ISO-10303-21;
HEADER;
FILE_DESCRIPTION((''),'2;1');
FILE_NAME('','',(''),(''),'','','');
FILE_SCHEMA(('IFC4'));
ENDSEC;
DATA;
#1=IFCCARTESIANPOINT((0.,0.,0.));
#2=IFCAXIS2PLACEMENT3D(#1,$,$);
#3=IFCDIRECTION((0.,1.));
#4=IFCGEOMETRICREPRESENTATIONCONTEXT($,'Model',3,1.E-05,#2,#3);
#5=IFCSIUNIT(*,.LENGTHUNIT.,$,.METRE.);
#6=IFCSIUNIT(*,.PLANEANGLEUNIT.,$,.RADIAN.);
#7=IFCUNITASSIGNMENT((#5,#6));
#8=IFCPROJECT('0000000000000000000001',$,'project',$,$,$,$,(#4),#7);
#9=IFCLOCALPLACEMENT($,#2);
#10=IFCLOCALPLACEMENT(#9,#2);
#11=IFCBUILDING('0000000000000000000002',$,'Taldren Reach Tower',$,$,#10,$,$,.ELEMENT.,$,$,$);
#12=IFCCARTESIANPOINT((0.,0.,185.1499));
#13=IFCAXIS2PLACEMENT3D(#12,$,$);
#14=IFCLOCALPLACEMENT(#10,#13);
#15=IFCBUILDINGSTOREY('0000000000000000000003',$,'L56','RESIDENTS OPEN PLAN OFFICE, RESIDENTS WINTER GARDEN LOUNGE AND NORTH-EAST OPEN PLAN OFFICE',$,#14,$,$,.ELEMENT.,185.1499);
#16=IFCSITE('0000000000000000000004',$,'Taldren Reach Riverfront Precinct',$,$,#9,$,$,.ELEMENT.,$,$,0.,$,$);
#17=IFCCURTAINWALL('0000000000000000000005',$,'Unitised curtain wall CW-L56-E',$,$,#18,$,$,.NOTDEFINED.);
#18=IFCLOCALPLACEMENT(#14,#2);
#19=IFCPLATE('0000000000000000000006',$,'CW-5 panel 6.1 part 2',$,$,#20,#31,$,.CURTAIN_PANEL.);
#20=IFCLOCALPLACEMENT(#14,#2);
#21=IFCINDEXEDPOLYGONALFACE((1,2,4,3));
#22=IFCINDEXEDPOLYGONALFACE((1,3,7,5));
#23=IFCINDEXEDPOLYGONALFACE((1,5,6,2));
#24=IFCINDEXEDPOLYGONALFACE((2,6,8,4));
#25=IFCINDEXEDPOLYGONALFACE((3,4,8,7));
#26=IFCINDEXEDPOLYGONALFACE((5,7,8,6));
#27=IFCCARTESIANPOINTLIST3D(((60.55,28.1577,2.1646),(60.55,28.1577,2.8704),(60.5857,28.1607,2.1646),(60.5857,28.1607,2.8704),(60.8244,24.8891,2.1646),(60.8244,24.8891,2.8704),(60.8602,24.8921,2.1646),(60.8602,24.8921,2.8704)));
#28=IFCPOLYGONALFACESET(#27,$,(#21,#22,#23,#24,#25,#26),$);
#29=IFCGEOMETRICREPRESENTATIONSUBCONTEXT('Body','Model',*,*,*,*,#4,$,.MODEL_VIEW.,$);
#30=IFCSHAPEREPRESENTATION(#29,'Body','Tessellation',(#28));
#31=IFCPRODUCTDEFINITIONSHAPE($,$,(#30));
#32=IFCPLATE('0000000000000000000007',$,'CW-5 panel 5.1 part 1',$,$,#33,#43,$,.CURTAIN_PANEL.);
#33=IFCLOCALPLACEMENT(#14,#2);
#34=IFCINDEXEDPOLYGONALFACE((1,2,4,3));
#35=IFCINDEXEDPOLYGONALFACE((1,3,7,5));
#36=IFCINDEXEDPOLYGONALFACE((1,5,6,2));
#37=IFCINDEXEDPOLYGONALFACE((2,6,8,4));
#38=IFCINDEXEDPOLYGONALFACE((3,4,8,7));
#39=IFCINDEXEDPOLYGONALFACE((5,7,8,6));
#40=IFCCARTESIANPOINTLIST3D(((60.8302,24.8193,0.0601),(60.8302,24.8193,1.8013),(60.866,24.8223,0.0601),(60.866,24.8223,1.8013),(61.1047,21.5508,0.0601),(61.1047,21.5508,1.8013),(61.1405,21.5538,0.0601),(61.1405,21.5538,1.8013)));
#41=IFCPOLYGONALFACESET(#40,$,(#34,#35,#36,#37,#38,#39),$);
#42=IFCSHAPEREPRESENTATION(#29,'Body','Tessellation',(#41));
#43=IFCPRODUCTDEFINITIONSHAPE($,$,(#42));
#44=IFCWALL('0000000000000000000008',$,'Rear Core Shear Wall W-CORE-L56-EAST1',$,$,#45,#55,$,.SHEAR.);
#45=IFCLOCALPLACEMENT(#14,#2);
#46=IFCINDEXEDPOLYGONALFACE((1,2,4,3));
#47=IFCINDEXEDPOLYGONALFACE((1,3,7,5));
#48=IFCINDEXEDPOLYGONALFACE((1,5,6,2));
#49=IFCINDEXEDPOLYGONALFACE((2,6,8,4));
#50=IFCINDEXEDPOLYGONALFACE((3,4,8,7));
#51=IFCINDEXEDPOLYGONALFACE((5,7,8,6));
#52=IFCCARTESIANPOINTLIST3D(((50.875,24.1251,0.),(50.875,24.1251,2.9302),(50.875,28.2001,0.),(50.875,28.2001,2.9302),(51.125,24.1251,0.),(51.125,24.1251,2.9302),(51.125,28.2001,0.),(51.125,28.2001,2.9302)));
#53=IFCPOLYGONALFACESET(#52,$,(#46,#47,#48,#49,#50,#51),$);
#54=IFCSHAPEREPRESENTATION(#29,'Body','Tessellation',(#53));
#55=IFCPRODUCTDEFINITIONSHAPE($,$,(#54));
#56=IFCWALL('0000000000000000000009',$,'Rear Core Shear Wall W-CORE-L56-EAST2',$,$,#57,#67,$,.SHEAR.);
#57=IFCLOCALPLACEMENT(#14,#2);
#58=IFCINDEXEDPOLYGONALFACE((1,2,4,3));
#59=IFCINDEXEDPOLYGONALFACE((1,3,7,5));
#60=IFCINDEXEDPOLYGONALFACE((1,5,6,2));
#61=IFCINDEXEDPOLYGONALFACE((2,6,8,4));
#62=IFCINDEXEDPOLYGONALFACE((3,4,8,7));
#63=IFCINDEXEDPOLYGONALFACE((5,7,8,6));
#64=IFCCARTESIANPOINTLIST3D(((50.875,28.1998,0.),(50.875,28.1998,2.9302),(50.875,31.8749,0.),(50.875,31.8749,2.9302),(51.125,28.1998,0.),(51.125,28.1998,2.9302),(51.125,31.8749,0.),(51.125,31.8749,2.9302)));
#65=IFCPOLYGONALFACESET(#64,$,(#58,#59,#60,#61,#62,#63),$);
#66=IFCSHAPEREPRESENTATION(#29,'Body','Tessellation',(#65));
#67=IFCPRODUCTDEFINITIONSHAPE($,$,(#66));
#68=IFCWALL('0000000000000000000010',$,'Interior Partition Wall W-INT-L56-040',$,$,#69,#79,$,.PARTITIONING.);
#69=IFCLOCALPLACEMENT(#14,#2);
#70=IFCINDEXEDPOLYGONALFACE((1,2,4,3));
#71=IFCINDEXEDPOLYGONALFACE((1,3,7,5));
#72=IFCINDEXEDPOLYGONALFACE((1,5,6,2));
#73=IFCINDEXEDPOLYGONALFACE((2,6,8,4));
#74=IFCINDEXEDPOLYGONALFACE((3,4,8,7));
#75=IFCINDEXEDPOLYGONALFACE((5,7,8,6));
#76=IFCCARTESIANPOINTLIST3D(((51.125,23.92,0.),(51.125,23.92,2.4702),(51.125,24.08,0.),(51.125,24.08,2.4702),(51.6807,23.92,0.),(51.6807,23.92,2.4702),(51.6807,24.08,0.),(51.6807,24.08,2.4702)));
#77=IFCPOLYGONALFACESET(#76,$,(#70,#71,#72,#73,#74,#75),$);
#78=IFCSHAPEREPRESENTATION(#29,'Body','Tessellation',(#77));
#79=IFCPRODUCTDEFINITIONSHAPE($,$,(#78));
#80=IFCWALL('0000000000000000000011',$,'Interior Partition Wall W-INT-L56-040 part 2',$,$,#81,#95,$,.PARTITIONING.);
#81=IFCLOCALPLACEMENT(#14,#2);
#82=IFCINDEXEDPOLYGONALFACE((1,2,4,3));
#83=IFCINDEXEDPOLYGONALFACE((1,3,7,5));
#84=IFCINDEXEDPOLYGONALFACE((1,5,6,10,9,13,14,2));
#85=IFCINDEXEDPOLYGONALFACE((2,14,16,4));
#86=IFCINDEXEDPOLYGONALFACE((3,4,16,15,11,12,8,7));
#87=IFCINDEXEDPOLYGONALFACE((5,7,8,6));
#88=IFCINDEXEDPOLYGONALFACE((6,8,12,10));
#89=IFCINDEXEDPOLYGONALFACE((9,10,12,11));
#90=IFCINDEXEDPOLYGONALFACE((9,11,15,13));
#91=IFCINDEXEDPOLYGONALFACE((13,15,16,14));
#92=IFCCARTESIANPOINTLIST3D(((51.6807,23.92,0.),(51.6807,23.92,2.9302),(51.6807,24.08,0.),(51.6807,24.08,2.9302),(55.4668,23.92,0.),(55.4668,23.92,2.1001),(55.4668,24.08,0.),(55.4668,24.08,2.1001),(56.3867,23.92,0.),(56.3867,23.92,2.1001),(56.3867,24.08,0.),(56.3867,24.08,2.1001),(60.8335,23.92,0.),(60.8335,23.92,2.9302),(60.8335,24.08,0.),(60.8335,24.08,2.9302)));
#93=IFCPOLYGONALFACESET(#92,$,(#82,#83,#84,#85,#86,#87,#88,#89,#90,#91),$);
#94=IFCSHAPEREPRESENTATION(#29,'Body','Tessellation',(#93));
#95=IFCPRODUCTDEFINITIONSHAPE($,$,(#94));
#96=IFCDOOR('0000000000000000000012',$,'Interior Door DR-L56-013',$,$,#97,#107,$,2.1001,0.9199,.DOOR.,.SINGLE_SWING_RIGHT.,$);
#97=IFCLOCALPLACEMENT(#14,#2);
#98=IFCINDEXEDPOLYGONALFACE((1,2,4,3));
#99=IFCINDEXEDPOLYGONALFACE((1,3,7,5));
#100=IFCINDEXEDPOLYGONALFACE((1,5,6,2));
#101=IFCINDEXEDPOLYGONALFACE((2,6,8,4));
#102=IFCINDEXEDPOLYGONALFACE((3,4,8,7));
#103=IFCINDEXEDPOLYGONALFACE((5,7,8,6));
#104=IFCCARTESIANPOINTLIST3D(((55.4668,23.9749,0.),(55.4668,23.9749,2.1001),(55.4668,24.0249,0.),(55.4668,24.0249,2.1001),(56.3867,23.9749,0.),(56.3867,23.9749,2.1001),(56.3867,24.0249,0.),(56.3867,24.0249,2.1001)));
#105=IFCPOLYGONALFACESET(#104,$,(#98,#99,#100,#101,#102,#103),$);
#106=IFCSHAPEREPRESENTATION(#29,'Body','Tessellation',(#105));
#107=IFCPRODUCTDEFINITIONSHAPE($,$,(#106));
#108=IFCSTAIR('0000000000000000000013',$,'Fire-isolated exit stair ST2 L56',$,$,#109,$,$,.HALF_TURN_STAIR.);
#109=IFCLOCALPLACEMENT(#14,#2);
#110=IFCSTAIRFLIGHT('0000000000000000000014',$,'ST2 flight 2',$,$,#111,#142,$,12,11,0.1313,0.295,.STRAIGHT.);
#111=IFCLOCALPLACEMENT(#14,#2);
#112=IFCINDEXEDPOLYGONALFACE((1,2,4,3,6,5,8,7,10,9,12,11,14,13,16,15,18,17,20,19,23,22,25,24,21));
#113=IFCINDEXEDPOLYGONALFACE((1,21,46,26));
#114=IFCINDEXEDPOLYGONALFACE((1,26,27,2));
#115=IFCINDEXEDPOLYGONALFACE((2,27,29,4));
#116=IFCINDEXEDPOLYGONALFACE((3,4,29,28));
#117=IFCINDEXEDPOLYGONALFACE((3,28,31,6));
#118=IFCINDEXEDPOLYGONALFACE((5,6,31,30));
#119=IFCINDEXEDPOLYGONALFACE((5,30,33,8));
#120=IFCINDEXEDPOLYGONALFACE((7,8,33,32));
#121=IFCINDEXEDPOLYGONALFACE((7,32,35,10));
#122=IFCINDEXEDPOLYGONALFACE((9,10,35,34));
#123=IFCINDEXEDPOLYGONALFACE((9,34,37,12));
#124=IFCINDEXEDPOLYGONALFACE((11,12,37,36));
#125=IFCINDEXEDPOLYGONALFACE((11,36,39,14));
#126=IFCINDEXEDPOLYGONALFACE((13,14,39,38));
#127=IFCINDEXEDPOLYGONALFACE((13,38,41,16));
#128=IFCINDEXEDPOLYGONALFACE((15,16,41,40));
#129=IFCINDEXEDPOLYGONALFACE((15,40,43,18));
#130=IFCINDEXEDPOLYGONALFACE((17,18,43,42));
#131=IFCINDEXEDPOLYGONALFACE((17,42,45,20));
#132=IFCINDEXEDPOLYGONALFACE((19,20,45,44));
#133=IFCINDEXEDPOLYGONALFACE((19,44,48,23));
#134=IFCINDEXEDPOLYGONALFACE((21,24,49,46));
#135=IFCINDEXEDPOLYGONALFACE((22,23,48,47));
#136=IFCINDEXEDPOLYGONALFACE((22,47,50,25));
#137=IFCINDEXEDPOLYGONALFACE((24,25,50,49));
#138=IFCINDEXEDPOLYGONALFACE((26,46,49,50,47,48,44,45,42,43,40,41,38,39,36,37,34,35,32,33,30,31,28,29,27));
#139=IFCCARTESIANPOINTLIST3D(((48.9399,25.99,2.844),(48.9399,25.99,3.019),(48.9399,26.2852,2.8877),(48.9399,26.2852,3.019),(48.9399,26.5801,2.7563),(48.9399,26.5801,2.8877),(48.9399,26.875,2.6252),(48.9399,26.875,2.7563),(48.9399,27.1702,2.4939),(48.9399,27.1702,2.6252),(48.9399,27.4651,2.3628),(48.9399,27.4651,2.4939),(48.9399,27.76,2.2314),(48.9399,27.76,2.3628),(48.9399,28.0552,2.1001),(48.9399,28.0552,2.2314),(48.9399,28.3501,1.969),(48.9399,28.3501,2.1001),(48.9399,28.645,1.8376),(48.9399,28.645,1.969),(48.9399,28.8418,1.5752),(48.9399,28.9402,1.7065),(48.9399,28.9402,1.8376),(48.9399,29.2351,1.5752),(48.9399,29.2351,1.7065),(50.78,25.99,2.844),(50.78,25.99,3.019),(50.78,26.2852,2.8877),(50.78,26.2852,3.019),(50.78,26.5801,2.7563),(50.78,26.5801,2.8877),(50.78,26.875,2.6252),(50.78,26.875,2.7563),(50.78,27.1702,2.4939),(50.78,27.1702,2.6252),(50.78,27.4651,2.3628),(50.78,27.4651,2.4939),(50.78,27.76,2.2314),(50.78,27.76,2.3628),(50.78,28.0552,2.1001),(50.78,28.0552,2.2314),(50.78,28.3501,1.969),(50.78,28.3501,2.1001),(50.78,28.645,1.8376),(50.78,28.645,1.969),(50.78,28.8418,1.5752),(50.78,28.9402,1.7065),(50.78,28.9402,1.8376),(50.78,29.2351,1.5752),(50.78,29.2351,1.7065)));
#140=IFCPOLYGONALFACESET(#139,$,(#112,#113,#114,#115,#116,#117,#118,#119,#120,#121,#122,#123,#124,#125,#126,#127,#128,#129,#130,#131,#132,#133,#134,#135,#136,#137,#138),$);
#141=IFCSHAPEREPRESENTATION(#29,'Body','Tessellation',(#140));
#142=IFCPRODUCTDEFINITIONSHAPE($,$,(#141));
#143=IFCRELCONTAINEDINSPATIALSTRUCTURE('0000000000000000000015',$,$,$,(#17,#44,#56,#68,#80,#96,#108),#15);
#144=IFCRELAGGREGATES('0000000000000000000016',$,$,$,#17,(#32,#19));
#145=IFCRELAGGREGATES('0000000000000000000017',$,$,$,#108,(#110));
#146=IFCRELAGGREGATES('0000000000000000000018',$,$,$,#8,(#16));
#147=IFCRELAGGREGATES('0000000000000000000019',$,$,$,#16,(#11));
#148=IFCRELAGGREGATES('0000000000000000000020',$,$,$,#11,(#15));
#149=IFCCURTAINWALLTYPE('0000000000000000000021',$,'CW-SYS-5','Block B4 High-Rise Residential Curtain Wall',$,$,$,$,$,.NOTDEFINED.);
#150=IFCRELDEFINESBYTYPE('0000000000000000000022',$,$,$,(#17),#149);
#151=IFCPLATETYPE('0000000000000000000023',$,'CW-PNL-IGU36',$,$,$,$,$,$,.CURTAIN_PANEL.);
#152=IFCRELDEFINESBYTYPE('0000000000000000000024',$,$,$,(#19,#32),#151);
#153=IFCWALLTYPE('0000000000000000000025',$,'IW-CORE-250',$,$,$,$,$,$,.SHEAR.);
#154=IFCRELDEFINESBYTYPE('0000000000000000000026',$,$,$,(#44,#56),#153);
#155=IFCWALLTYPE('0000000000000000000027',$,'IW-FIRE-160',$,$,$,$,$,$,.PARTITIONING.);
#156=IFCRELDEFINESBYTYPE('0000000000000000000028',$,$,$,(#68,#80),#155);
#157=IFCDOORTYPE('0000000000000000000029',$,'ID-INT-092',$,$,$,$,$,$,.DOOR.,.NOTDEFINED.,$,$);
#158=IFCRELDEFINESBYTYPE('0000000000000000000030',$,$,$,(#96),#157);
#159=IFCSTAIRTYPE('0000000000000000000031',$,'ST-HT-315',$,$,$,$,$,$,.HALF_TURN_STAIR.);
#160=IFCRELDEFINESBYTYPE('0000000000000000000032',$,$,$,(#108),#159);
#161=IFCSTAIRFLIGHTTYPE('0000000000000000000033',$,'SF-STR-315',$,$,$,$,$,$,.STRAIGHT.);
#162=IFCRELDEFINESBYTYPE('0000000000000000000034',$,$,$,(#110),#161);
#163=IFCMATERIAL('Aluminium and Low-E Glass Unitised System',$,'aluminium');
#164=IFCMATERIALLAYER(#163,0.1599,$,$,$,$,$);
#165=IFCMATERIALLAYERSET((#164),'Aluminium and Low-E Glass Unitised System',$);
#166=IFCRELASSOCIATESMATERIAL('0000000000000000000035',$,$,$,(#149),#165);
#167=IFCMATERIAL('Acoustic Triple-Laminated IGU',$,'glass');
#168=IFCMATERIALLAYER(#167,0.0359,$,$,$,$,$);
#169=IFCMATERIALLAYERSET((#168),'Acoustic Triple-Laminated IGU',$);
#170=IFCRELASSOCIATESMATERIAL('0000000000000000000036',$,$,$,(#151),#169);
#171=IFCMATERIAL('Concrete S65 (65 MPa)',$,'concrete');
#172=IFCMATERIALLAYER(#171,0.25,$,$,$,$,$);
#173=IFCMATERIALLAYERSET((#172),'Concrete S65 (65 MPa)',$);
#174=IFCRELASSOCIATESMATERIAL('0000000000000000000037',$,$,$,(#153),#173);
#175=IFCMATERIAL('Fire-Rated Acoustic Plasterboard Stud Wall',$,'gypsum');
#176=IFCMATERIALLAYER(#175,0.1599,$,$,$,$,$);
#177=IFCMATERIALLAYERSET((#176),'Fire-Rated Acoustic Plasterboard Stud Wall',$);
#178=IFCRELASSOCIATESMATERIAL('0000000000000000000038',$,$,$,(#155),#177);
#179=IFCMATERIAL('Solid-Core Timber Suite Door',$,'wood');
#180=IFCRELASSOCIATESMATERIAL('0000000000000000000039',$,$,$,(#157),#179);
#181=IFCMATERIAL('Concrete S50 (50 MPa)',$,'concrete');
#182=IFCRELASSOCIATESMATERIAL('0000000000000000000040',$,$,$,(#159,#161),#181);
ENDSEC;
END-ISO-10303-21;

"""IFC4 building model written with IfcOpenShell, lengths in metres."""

from ifc_helpers import new_model, si_unit, direction, frame, frame_2d, origin, origin_2d, place, context, subcontext, project, spatial, polyline, rectangle, outline, extrude, source, transform, mapped, material, layer, layer_set, type_object, element, fill, aggregate, save


model = new_model("IFC4")

# Units and contexts
model_context = context("Model", 3, precision=1e-05, world=origin(), true_north=direction((0.0, 1.0)))
body_context = subcontext(model_context, "Body", "Model", "MODEL_VIEW")
ifc_project = project(units=[si_unit("LENGTHUNIT", "METRE"), si_unit("PLANEANGLEUNIT", "RADIAN")], contexts=[model_context])

# Site, building, storey
site_placement = place(None, origin())
site = spatial("IfcSite", under=ifc_project, at=site_placement, Name="Taldren Reach Riverfront Precinct", CompositionType="ELEMENT", RefElevation=0.0)
building_placement = place(site_placement, origin())
building = spatial("IfcBuilding", under=site, at=building_placement, Name="Taldren Reach Tower", CompositionType="ELEMENT")
storey_placement = place(building_placement, frame((0.0, 0.0, 185.1499)))
storey = spatial("IfcBuildingStorey", under=building, at=storey_placement, Name="L56", Description="RESIDENTS OPEN PLAN OFFICE, RESIDENTS WINTER GARDEN LOUNGE AND NORTH-EAST OPEN PLAN OFFICE", CompositionType="ELEMENT", Elevation=185.1499)

# Curtain wall, plates
ifc_material_1 = material(Name="Aluminium and Low-E Glass Unitised System", Category="aluminium")
ifc_layer_1 = layer(ifc_material_1, 0.1599)
ifc_layer_set_1 = layer_set([ifc_layer_1], Name="Aluminium and Low-E Glass Unitised System")
curtain_wall_type = type_object("IfcCurtainWallType", Name="CW-SYS-5", Description="Block B4 High-Rise Residential Curtain Wall", PredefinedType="NOTDEFINED", material=ifc_layer_set_1)
curtain_wall_placement = place(storey_placement, origin())
curtain_wall = element("IfcCurtainWall", 1, at=curtain_wall_placement, inside=storey, type_object=curtain_wall_type, Name="Unitised curtain wall CW-L56-E", PredefinedType="NOTDEFINED")
ifc_material_2 = material(Name="Acoustic Triple-Laminated IGU", Category="glass")
ifc_layer_2 = layer(ifc_material_2, 0.0359)
ifc_layer_set_2 = layer_set([ifc_layer_2], Name="Acoustic Triple-Laminated IGU")
plate_type = type_object("IfcPlateType", Name="CW-PNL-IGU36", PredefinedType="CURTAIN_PANEL", material=ifc_layer_set_2)
shared_shape_1 = source(origin(), body_context, "Body", "SweptSolid", [
    extrude(rectangle(XDim=3.28, YDim=0.0359, at=origin_2d()), origin(), (0.0, 0.0, 1.0), 0.7058),
])
plate_1_placement = place(storey_placement, frame((60.7051, 26.5249, 2.1646), z_axis=(0.0, 0.0, 1.0), x_axis=(-0.083678, 0.996493, 0.0)))
plate_1 = element("IfcPlate", 2, at=plate_1_placement, type_object=plate_type, Name="CW-5 panel 6.1 part 2", PredefinedType="CURTAIN_PANEL", context=body_context, shape_type="MappedRepresentation", body=[
    mapped(shared_shape_1, transform((0.0, 0.0, 0.0), scale=1.0)),
])
shared_shape_2 = source(origin(), body_context, "Body", "SweptSolid", [
    extrude(rectangle(XDim=3.28, YDim=0.0359, at=origin_2d()), origin(), (0.0, 0.0, 1.0), 1.7412),
])
plate_2_placement = place(storey_placement, frame((60.9854, 23.1865, 0.0601), z_axis=(0.0, 0.0, 1.0), x_axis=(-0.083678, 0.996493, 0.0)))
plate_2 = element("IfcPlate", 3, at=plate_2_placement, type_object=plate_type, Name="CW-5 panel 5.1 part 1", PredefinedType="CURTAIN_PANEL", context=body_context, shape_type="MappedRepresentation", body=[
    mapped(shared_shape_2, transform((0.0, 0.0, 0.0), scale=1.0)),
])
aggregate(curtain_wall, [plate_2, plate_1])

# Walls
ifc_material_3 = material(Name="Concrete S65 (65 MPa)", Category="concrete")
ifc_layer_3 = layer(ifc_material_3, 0.25)
ifc_layer_set_3 = layer_set([ifc_layer_3], Name="Concrete S65 (65 MPa)")
wall_type_1 = type_object("IfcWallType", Name="IW-CORE-250", PredefinedType="SHEAR", material=ifc_layer_set_3)
shared_shape_3 = source(origin(), body_context, "Body", "SweptSolid", [
    extrude(rectangle(XDim=4.075, YDim=0.25, at=frame_2d((2.0376, 0.0))), origin(), (0.0, 0.0, 1.0), 2.9302),
])
wall_1_placement = place(storey_placement, frame((51.0, 24.125, 0.0), z_axis=(0.0, 0.0, 1.0), x_axis=(0.0, 1.0, 0.0)))
element("IfcWall", 4, at=wall_1_placement, inside=storey, type_object=wall_type_1, Name="Rear Core Shear Wall W-CORE-L56-EAST1", PredefinedType="SHEAR", context=body_context, shape_type="MappedRepresentation", body=[
    mapped(shared_shape_3, transform((0.0, 0.0, 0.0), scale=1.0)),
])
shared_shape_4 = source(origin(), body_context, "Body", "SweptSolid", [
    extrude(rectangle(XDim=3.675, YDim=0.25, at=frame_2d((1.8374, 0.0))), origin(), (0.0, 0.0, 1.0), 2.9302),
])
wall_2_placement = place(storey_placement, frame((51.0, 28.2, 0.0), z_axis=(0.0, 0.0, 1.0), x_axis=(0.0, 1.0, 0.0)))
element("IfcWall", 5, at=wall_2_placement, inside=storey, type_object=wall_type_1, Name="Rear Core Shear Wall W-CORE-L56-EAST2", PredefinedType="SHEAR", context=body_context, shape_type="MappedRepresentation", body=[
    mapped(shared_shape_4, transform((0.0, 0.0, 0.0), scale=1.0)),
])
ifc_material_4 = material(Name="Fire-Rated Acoustic Plasterboard Stud Wall", Category="gypsum")
ifc_layer_4 = layer(ifc_material_4, 0.1599)
ifc_layer_set_4 = layer_set([ifc_layer_4], Name="Fire-Rated Acoustic Plasterboard Stud Wall")
wall_type_2 = type_object("IfcWallType", Name="IW-FIRE-160", PredefinedType="PARTITIONING", material=ifc_layer_set_4)
shared_shape_5 = source(origin(), body_context, "Body", "SweptSolid", [
    extrude(rectangle(XDim=0.5557, YDim=0.1599, at=frame_2d((0.2778, 0.0))), origin(), (0.0, 0.0, 1.0), 2.4702),
])
wall_3_placement = place(storey_placement, frame((51.125, 24.0, 0.0), z_axis=(0.0, 0.0, 1.0), x_axis=(1.0, 0.0, 0.0)))
element("IfcWall", 6, at=wall_3_placement, inside=storey, type_object=wall_type_2, Name="Interior Partition Wall W-INT-L56-040", PredefinedType="PARTITIONING", context=body_context, shape_type="MappedRepresentation", body=[
    mapped(shared_shape_5, transform((0.0, 0.0, 0.0), scale=1.0)),
])

# Wall, opening, door
shared_shape_6 = source(origin(), body_context, "Body", "SweptSolid", [
    extrude(rectangle(XDim=9.1528, YDim=0.1599, at=frame_2d((4.5764, 0.0))), origin(), (0.0, 0.0, 1.0), 2.9302),
])
wall_4_placement = place(storey_placement, frame((51.6807, 24.0, 0.0), z_axis=(0.0, 0.0, 1.0), x_axis=(1.0, 0.0, 0.0)))
wall_4 = element("IfcWall", 7, at=wall_4_placement, inside=storey, type_object=wall_type_2, Name="Interior Partition Wall W-INT-L56-040 part 2", PredefinedType="PARTITIONING", context=body_context, shape_type="MappedRepresentation", body=[
    mapped(shared_shape_6, transform((0.0, 0.0, 0.0), scale=1.0)),
])
shared_shape_7 = source(origin(), body_context, "Body", "SweptSolid", [
    extrude(rectangle(XDim=0.9199, YDim=2.1001, at=frame_2d((0.46, 1.05))), frame((0.0, 0.0898, 0.0), z_axis=(0.0, -1.0, 0.0), x_axis=(1.0, 0.0, 0.0)), (0.0, 0.0, 1.0), 0.1799),
])
opening_placement = place(wall_4_placement, frame((3.7861, 0.0, 0.0)))
opening = element("IfcOpeningElement", 8, at=opening_placement, cuts=wall_4, PredefinedType="OPENING", context=body_context, shape_type="MappedRepresentation", body=[
    mapped(shared_shape_7, transform((0.0, 0.0, 0.0), scale=1.0)),
])
ifc_material_5 = material(Name="Solid-Core Timber Suite Door", Category="wood")
door_type = type_object("IfcDoorType", Name="ID-INT-092", OperationType="NOTDEFINED", PredefinedType="DOOR", material=ifc_material_5)
shared_shape_8 = source(origin(), body_context, "Body", "SweptSolid", [
    extrude(rectangle(XDim=0.9199, YDim=2.1001, at=frame_2d((0.46, 1.05))), frame((0.0, 0.0249, 0.0), z_axis=(0.0, -1.0, 0.0), x_axis=(1.0, 0.0, 0.0)), (0.0, 0.0, 1.0), 0.05),
])
door_placement = place(opening_placement, origin())
door = element("IfcDoor", 9, at=door_placement, inside=storey, type_object=door_type, Name="Interior Door DR-L56-013", OperationType="SINGLE_SWING_RIGHT", OverallHeight=2.1001, OverallWidth=0.9199, PredefinedType="DOOR", context=body_context, shape_type="MappedRepresentation", body=[
    mapped(shared_shape_8, transform((0.0, 0.0, 0.0), scale=1.0)),
])
fill(opening, door)

# Stair, stair flight
ifc_material_6 = material(Name="Concrete S50 (50 MPa)", Category="concrete")
stair_type = type_object("IfcStairType", Name="ST-HT-315", PredefinedType="HALF_TURN_STAIR", material=ifc_material_6)
stair_placement = place(storey_placement, origin())
stair = element("IfcStair", 10, at=stair_placement, inside=storey, type_object=stair_type, Name="Fire-isolated exit stair ST2 L56", PredefinedType="HALF_TURN_STAIR")
stair_flight_type = type_object("IfcStairFlightType", Name="SF-STR-315", PredefinedType="STRAIGHT", material=ifc_material_6)
stair_flight_placement = place(storey_placement, frame((49.8601, 29.2351, 1.5752), z_axis=(0.0, 0.0, 1.0), x_axis=(0.0, -1.0, 0.0)))
stair_flight = element("IfcStairFlight", 11, at=stair_flight_placement, type_object=stair_flight_type, Name="ST2 flight 2", NumberOfRisers=12, NumberOfTreads=11, PredefinedType="STRAIGHT", RiserHeight=0.1313, TreadLength=0.295, context=body_context, shape_type="SweptSolid", body=[
    extrude(outline(polyline([(0.0, 0.0), (0.0, 0.1313), (0.2949, 0.1313), (0.2949, 0.2625), (0.5901, 0.2625), (0.5901, 0.3938), (0.885, 0.3938), (0.885, 0.5249), (1.1799, 0.5249), (1.1799, 0.6562), (1.4751, 0.6562), (1.4751, 0.7876), (1.77, 0.7876), (1.77, 0.9187), (2.0649, 0.9187), (2.0649, 1.05), (2.3601, 1.05), (2.3601, 1.1812), (2.655, 1.1812), (2.655, 1.3125), (2.95, 1.3125), (2.95, 1.4438), (3.2451, 1.4438), (3.2451, 1.575), (3.2451, 1.2688), (0.3933, 0.0), (0.0, 0.0)])), frame((0.0, 0.9199, 0.0), z_axis=(0.0, -1.0, 0.0), x_axis=(1.0, 0.0, 0.0)), (0.0, 0.0, 1.0), 1.8401),
])
aggregate(stair, [stair_flight])

save(model, "model.ifc")
